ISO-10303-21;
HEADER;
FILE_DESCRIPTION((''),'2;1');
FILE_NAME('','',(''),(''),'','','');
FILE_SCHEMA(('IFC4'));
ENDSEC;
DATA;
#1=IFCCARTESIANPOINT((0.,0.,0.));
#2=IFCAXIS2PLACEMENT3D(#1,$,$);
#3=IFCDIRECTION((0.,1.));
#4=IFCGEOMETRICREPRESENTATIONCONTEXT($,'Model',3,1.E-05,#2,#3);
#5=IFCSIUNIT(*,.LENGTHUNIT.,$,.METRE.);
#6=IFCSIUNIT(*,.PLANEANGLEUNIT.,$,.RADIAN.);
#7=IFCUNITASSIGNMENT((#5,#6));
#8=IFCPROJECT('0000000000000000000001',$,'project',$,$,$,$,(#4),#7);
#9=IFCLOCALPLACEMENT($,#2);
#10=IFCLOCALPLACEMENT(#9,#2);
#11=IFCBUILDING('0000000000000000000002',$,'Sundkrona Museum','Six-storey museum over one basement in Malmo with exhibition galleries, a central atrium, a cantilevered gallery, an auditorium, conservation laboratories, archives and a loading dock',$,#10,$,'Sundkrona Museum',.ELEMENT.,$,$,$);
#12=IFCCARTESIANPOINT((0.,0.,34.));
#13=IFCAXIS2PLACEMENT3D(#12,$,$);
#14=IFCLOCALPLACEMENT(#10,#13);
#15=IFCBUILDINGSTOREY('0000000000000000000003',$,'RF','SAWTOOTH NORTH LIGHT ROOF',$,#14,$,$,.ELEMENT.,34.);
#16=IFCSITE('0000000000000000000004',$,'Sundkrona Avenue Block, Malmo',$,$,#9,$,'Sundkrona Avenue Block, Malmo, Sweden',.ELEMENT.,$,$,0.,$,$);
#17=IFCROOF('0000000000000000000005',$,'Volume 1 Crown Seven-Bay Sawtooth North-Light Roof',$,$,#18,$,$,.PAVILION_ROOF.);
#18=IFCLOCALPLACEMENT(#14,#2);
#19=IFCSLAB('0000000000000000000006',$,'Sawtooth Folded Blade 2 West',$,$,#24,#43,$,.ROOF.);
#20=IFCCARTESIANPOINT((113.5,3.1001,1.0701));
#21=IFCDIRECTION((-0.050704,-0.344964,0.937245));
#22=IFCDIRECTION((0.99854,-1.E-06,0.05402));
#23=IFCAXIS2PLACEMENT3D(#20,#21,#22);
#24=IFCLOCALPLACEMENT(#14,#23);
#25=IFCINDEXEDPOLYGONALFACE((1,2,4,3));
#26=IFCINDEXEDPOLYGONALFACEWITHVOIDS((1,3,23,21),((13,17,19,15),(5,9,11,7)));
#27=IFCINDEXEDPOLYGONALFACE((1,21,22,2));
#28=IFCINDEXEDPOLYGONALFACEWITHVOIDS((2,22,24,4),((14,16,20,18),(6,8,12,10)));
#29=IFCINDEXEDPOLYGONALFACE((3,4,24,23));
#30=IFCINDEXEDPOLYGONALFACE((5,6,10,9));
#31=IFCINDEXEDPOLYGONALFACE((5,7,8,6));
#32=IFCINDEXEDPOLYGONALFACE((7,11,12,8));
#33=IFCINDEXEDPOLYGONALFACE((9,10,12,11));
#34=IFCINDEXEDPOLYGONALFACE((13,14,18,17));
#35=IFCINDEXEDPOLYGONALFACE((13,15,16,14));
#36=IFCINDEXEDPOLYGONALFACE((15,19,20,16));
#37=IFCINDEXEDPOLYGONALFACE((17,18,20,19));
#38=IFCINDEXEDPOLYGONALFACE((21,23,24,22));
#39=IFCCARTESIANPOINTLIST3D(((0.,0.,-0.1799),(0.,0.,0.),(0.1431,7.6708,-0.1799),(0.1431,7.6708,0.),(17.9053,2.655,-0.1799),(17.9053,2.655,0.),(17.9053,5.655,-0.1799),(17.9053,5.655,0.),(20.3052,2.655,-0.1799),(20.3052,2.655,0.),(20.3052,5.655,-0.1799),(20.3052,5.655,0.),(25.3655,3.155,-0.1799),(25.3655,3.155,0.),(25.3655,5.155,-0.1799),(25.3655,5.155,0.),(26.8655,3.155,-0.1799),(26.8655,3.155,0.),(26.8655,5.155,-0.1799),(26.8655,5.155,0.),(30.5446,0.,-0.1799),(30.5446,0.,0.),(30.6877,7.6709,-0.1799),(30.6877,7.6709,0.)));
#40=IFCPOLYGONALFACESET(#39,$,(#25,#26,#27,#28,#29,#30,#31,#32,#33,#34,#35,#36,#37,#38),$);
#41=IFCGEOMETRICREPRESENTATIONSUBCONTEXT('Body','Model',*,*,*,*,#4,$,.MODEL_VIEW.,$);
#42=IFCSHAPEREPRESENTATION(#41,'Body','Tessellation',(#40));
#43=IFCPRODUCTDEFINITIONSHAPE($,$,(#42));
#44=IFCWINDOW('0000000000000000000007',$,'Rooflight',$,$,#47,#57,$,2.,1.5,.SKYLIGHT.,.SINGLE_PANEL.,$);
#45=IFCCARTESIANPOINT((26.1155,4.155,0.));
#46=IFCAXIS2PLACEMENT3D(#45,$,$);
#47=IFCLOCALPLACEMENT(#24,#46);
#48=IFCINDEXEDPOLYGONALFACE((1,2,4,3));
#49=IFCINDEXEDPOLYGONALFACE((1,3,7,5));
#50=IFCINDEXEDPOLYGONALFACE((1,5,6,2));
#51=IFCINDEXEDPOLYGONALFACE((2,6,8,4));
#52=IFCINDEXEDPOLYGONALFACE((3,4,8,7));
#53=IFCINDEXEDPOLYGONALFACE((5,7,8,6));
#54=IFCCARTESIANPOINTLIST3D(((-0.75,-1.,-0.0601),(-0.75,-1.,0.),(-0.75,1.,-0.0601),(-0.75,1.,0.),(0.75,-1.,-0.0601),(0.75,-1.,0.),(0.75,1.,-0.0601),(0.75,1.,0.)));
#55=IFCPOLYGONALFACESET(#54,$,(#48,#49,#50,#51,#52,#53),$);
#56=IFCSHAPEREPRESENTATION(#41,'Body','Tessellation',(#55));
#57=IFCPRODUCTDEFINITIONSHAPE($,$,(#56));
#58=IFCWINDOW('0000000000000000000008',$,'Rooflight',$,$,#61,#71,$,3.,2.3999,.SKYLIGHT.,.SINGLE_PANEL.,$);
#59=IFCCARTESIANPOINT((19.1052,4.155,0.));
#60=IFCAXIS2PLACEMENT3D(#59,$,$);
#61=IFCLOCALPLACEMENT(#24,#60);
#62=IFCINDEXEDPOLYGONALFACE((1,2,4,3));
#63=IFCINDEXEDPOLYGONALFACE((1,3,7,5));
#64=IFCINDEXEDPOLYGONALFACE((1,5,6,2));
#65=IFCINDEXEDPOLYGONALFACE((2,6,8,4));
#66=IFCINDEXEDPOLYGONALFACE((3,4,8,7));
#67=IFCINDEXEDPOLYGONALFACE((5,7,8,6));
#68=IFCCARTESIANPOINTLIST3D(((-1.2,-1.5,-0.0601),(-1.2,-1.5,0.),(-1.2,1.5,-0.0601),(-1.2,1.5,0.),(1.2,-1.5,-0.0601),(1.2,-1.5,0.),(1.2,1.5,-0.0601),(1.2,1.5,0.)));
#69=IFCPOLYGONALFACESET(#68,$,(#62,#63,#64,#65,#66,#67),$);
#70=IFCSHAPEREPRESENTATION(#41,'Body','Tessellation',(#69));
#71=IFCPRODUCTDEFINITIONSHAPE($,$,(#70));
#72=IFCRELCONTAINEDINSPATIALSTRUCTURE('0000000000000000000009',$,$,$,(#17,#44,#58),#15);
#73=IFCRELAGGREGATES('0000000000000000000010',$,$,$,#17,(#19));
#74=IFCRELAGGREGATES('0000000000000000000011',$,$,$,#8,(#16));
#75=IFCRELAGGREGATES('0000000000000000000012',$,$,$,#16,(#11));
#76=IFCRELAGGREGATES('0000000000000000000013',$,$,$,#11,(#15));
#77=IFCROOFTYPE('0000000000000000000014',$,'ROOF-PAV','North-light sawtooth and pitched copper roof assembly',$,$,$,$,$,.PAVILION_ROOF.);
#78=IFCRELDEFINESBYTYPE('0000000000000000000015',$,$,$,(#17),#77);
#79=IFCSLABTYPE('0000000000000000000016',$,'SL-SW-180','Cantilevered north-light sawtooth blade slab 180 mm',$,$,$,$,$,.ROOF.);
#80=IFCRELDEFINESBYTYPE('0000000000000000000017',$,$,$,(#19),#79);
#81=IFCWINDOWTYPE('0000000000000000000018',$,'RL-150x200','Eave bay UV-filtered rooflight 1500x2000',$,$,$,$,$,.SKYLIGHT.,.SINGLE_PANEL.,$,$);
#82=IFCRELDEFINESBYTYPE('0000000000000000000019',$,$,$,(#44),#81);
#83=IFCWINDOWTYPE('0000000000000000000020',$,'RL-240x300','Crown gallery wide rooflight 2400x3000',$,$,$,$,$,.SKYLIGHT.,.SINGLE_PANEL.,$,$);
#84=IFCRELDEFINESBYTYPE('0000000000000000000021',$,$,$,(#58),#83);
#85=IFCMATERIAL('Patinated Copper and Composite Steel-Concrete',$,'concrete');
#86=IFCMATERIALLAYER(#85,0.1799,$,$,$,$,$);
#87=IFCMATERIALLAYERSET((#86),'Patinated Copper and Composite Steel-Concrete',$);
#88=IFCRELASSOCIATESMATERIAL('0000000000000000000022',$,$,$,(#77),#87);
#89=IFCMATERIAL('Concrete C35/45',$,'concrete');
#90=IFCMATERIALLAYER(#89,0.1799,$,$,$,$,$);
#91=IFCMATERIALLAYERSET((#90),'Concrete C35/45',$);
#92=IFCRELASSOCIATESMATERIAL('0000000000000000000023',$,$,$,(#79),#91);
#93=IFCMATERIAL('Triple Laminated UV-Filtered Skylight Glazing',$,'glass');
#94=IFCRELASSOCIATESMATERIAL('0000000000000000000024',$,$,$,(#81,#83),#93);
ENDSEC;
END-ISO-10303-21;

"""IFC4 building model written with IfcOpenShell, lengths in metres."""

from ifc_helpers import new_model, si_unit, direction, frame, origin, origin_2d, place, context, subcontext, project, spatial, polyline, rectangle, outline, extrude, material, layer, layer_set, type_object, element, fill, aggregate, save


model = new_model("IFC4")

# Units and contexts
model_context = context("Model", 3, precision=1e-05, world=origin(), true_north=direction((0.0, 1.0)))
body_context = subcontext(model_context, "Body", "Model", "MODEL_VIEW")
ifc_project = project(units=[si_unit("LENGTHUNIT", "METRE"), si_unit("PLANEANGLEUNIT", "RADIAN")], contexts=[model_context])

# Site, building, storey
site_placement = place(None, origin())
site = spatial("IfcSite", under=ifc_project, at=site_placement, Name="Sundkrona Avenue Block, Malmo", LongName="Sundkrona Avenue Block, Malmo, Sweden", CompositionType="ELEMENT", RefElevation=0.0)
building_placement = place(site_placement, origin())
building = spatial("IfcBuilding", under=site, at=building_placement, Name="Sundkrona Museum", Description="Six-storey museum over one basement in Malmo with exhibition galleries, a central atrium, a cantilevered gallery, an auditorium, conservation laboratories, archives and a loading dock", LongName="Sundkrona Museum", CompositionType="ELEMENT")
storey_placement = place(building_placement, frame((0.0, 0.0, 34.0)))
storey = spatial("IfcBuildingStorey", under=building, at=storey_placement, Name="RF", Description="SAWTOOTH NORTH LIGHT ROOF", CompositionType="ELEMENT", Elevation=34.0)

# Shared definitions
ifc_material_1 = material(Name="Concrete C35/45", Category="concrete")

# Roof, slab, openings, windows
ifc_material_2 = material(Name="Patinated Copper and Composite Steel-Concrete", Category="concrete")
ifc_layer_1 = layer(ifc_material_2, 0.1799)
ifc_layer_set_1 = layer_set([ifc_layer_1], Name="Patinated Copper and Composite Steel-Concrete")
roof_type = type_object("IfcRoofType", Name="ROOF-PAV", Description="North-light sawtooth and pitched copper roof assembly", PredefinedType="PAVILION_ROOF", material=ifc_layer_set_1)
roof_placement = place(storey_placement, origin())
roof = element("IfcRoof", 1, at=roof_placement, inside=storey, type_object=roof_type, Name="Volume 1 Crown Seven-Bay Sawtooth North-Light Roof", PredefinedType="PAVILION_ROOF")
ifc_layer_2 = layer(ifc_material_1, 0.1799)
ifc_layer_set_2 = layer_set([ifc_layer_2], Name="Concrete C35/45")
slab_type_1 = type_object("IfcSlabType", Name="SL-SW-180", Description="Cantilevered north-light sawtooth blade slab 180 mm", PredefinedType="ROOF", material=ifc_layer_set_2)
ifc_material_3 = material(Name="Triple Laminated UV-Filtered Skylight Glazing", Category="glass")
slab_1_placement = place(storey_placement, frame((113.5, 3.1001, 1.0701), z_axis=(-0.050704, -0.344964, 0.937245), x_axis=(0.99854, -0.000001, 0.05402)))
slab_1 = element("IfcSlab", 2, at=slab_1_placement, type_object=slab_type_1, Name="Sawtooth Folded Blade 2 West", PredefinedType="ROOF", context=body_context, shape_type="SweptSolid", body=[
    extrude(outline(polyline([(0.0, 0.0), (30.5446, 0.0), (30.6877, 7.6709), (0.1431, 7.6708), (0.0, 0.0)])), origin(), (0.0, 0.0, -1.0), 0.1799),
])
opening_1_placement = place(slab_1_placement, frame((19.1052, 4.155, 0.01)))
opening_1 = element("IfcOpeningElement", 3, at=opening_1_placement, cuts=slab_1, PredefinedType="OPENING", context=body_context, shape_type="SweptSolid", body=[
    extrude(rectangle(XDim=2.3999, YDim=3.0, at=origin_2d()), origin(), (0.0, 0.0, -1.0), 0.2),
])
opening_2_placement = place(slab_1_placement, frame((26.1155, 4.155, 0.01)))
opening_2 = element("IfcOpeningElement", 4, at=opening_2_placement, cuts=slab_1, PredefinedType="OPENING", context=body_context, shape_type="SweptSolid", body=[
    extrude(rectangle(XDim=1.5, YDim=2.0, at=origin_2d()), origin(), (0.0, 0.0, -1.0), 0.2),
])
window_type_1 = type_object("IfcWindowType", Name="RL-150x200", Description="Eave bay UV-filtered rooflight 1500x2000", PartitioningType="SINGLE_PANEL", PredefinedType="SKYLIGHT", material=ifc_material_3)
window_1_placement = place(slab_1_placement, frame((26.1155, 4.155, 0.0)))
window_1 = element("IfcWindow", 5, at=window_1_placement, inside=storey, type_object=window_type_1, Name="Rooflight", OverallHeight=2.0, OverallWidth=1.5, PartitioningType="SINGLE_PANEL", PredefinedType="SKYLIGHT", context=body_context, shape_type="SweptSolid", body=[
    extrude(rectangle(XDim=1.5, YDim=2.0, at=origin_2d()), origin(), (0.0, 0.0, -1.0), 0.0601),
])
fill(opening_2, window_1)
window_type_2 = type_object("IfcWindowType", Name="RL-240x300", Description="Crown gallery wide rooflight 2400x3000", PartitioningType="SINGLE_PANEL", PredefinedType="SKYLIGHT", material=ifc_material_3)
window_2_placement = place(slab_1_placement, frame((19.1052, 4.155, 0.0)))
window_2 = element("IfcWindow", 6, at=window_2_placement, inside=storey, type_object=window_type_2, Name="Rooflight", OverallHeight=3.0, OverallWidth=2.3999, PartitioningType="SINGLE_PANEL", PredefinedType="SKYLIGHT", context=body_context, shape_type="SweptSolid", body=[
    extrude(rectangle(XDim=2.3999, YDim=3.0, at=origin_2d()), origin(), (0.0, 0.0, -1.0), 0.0601),
])
fill(opening_1, window_2)
aggregate(roof, [slab_1])

save(model, "model.ifc")
